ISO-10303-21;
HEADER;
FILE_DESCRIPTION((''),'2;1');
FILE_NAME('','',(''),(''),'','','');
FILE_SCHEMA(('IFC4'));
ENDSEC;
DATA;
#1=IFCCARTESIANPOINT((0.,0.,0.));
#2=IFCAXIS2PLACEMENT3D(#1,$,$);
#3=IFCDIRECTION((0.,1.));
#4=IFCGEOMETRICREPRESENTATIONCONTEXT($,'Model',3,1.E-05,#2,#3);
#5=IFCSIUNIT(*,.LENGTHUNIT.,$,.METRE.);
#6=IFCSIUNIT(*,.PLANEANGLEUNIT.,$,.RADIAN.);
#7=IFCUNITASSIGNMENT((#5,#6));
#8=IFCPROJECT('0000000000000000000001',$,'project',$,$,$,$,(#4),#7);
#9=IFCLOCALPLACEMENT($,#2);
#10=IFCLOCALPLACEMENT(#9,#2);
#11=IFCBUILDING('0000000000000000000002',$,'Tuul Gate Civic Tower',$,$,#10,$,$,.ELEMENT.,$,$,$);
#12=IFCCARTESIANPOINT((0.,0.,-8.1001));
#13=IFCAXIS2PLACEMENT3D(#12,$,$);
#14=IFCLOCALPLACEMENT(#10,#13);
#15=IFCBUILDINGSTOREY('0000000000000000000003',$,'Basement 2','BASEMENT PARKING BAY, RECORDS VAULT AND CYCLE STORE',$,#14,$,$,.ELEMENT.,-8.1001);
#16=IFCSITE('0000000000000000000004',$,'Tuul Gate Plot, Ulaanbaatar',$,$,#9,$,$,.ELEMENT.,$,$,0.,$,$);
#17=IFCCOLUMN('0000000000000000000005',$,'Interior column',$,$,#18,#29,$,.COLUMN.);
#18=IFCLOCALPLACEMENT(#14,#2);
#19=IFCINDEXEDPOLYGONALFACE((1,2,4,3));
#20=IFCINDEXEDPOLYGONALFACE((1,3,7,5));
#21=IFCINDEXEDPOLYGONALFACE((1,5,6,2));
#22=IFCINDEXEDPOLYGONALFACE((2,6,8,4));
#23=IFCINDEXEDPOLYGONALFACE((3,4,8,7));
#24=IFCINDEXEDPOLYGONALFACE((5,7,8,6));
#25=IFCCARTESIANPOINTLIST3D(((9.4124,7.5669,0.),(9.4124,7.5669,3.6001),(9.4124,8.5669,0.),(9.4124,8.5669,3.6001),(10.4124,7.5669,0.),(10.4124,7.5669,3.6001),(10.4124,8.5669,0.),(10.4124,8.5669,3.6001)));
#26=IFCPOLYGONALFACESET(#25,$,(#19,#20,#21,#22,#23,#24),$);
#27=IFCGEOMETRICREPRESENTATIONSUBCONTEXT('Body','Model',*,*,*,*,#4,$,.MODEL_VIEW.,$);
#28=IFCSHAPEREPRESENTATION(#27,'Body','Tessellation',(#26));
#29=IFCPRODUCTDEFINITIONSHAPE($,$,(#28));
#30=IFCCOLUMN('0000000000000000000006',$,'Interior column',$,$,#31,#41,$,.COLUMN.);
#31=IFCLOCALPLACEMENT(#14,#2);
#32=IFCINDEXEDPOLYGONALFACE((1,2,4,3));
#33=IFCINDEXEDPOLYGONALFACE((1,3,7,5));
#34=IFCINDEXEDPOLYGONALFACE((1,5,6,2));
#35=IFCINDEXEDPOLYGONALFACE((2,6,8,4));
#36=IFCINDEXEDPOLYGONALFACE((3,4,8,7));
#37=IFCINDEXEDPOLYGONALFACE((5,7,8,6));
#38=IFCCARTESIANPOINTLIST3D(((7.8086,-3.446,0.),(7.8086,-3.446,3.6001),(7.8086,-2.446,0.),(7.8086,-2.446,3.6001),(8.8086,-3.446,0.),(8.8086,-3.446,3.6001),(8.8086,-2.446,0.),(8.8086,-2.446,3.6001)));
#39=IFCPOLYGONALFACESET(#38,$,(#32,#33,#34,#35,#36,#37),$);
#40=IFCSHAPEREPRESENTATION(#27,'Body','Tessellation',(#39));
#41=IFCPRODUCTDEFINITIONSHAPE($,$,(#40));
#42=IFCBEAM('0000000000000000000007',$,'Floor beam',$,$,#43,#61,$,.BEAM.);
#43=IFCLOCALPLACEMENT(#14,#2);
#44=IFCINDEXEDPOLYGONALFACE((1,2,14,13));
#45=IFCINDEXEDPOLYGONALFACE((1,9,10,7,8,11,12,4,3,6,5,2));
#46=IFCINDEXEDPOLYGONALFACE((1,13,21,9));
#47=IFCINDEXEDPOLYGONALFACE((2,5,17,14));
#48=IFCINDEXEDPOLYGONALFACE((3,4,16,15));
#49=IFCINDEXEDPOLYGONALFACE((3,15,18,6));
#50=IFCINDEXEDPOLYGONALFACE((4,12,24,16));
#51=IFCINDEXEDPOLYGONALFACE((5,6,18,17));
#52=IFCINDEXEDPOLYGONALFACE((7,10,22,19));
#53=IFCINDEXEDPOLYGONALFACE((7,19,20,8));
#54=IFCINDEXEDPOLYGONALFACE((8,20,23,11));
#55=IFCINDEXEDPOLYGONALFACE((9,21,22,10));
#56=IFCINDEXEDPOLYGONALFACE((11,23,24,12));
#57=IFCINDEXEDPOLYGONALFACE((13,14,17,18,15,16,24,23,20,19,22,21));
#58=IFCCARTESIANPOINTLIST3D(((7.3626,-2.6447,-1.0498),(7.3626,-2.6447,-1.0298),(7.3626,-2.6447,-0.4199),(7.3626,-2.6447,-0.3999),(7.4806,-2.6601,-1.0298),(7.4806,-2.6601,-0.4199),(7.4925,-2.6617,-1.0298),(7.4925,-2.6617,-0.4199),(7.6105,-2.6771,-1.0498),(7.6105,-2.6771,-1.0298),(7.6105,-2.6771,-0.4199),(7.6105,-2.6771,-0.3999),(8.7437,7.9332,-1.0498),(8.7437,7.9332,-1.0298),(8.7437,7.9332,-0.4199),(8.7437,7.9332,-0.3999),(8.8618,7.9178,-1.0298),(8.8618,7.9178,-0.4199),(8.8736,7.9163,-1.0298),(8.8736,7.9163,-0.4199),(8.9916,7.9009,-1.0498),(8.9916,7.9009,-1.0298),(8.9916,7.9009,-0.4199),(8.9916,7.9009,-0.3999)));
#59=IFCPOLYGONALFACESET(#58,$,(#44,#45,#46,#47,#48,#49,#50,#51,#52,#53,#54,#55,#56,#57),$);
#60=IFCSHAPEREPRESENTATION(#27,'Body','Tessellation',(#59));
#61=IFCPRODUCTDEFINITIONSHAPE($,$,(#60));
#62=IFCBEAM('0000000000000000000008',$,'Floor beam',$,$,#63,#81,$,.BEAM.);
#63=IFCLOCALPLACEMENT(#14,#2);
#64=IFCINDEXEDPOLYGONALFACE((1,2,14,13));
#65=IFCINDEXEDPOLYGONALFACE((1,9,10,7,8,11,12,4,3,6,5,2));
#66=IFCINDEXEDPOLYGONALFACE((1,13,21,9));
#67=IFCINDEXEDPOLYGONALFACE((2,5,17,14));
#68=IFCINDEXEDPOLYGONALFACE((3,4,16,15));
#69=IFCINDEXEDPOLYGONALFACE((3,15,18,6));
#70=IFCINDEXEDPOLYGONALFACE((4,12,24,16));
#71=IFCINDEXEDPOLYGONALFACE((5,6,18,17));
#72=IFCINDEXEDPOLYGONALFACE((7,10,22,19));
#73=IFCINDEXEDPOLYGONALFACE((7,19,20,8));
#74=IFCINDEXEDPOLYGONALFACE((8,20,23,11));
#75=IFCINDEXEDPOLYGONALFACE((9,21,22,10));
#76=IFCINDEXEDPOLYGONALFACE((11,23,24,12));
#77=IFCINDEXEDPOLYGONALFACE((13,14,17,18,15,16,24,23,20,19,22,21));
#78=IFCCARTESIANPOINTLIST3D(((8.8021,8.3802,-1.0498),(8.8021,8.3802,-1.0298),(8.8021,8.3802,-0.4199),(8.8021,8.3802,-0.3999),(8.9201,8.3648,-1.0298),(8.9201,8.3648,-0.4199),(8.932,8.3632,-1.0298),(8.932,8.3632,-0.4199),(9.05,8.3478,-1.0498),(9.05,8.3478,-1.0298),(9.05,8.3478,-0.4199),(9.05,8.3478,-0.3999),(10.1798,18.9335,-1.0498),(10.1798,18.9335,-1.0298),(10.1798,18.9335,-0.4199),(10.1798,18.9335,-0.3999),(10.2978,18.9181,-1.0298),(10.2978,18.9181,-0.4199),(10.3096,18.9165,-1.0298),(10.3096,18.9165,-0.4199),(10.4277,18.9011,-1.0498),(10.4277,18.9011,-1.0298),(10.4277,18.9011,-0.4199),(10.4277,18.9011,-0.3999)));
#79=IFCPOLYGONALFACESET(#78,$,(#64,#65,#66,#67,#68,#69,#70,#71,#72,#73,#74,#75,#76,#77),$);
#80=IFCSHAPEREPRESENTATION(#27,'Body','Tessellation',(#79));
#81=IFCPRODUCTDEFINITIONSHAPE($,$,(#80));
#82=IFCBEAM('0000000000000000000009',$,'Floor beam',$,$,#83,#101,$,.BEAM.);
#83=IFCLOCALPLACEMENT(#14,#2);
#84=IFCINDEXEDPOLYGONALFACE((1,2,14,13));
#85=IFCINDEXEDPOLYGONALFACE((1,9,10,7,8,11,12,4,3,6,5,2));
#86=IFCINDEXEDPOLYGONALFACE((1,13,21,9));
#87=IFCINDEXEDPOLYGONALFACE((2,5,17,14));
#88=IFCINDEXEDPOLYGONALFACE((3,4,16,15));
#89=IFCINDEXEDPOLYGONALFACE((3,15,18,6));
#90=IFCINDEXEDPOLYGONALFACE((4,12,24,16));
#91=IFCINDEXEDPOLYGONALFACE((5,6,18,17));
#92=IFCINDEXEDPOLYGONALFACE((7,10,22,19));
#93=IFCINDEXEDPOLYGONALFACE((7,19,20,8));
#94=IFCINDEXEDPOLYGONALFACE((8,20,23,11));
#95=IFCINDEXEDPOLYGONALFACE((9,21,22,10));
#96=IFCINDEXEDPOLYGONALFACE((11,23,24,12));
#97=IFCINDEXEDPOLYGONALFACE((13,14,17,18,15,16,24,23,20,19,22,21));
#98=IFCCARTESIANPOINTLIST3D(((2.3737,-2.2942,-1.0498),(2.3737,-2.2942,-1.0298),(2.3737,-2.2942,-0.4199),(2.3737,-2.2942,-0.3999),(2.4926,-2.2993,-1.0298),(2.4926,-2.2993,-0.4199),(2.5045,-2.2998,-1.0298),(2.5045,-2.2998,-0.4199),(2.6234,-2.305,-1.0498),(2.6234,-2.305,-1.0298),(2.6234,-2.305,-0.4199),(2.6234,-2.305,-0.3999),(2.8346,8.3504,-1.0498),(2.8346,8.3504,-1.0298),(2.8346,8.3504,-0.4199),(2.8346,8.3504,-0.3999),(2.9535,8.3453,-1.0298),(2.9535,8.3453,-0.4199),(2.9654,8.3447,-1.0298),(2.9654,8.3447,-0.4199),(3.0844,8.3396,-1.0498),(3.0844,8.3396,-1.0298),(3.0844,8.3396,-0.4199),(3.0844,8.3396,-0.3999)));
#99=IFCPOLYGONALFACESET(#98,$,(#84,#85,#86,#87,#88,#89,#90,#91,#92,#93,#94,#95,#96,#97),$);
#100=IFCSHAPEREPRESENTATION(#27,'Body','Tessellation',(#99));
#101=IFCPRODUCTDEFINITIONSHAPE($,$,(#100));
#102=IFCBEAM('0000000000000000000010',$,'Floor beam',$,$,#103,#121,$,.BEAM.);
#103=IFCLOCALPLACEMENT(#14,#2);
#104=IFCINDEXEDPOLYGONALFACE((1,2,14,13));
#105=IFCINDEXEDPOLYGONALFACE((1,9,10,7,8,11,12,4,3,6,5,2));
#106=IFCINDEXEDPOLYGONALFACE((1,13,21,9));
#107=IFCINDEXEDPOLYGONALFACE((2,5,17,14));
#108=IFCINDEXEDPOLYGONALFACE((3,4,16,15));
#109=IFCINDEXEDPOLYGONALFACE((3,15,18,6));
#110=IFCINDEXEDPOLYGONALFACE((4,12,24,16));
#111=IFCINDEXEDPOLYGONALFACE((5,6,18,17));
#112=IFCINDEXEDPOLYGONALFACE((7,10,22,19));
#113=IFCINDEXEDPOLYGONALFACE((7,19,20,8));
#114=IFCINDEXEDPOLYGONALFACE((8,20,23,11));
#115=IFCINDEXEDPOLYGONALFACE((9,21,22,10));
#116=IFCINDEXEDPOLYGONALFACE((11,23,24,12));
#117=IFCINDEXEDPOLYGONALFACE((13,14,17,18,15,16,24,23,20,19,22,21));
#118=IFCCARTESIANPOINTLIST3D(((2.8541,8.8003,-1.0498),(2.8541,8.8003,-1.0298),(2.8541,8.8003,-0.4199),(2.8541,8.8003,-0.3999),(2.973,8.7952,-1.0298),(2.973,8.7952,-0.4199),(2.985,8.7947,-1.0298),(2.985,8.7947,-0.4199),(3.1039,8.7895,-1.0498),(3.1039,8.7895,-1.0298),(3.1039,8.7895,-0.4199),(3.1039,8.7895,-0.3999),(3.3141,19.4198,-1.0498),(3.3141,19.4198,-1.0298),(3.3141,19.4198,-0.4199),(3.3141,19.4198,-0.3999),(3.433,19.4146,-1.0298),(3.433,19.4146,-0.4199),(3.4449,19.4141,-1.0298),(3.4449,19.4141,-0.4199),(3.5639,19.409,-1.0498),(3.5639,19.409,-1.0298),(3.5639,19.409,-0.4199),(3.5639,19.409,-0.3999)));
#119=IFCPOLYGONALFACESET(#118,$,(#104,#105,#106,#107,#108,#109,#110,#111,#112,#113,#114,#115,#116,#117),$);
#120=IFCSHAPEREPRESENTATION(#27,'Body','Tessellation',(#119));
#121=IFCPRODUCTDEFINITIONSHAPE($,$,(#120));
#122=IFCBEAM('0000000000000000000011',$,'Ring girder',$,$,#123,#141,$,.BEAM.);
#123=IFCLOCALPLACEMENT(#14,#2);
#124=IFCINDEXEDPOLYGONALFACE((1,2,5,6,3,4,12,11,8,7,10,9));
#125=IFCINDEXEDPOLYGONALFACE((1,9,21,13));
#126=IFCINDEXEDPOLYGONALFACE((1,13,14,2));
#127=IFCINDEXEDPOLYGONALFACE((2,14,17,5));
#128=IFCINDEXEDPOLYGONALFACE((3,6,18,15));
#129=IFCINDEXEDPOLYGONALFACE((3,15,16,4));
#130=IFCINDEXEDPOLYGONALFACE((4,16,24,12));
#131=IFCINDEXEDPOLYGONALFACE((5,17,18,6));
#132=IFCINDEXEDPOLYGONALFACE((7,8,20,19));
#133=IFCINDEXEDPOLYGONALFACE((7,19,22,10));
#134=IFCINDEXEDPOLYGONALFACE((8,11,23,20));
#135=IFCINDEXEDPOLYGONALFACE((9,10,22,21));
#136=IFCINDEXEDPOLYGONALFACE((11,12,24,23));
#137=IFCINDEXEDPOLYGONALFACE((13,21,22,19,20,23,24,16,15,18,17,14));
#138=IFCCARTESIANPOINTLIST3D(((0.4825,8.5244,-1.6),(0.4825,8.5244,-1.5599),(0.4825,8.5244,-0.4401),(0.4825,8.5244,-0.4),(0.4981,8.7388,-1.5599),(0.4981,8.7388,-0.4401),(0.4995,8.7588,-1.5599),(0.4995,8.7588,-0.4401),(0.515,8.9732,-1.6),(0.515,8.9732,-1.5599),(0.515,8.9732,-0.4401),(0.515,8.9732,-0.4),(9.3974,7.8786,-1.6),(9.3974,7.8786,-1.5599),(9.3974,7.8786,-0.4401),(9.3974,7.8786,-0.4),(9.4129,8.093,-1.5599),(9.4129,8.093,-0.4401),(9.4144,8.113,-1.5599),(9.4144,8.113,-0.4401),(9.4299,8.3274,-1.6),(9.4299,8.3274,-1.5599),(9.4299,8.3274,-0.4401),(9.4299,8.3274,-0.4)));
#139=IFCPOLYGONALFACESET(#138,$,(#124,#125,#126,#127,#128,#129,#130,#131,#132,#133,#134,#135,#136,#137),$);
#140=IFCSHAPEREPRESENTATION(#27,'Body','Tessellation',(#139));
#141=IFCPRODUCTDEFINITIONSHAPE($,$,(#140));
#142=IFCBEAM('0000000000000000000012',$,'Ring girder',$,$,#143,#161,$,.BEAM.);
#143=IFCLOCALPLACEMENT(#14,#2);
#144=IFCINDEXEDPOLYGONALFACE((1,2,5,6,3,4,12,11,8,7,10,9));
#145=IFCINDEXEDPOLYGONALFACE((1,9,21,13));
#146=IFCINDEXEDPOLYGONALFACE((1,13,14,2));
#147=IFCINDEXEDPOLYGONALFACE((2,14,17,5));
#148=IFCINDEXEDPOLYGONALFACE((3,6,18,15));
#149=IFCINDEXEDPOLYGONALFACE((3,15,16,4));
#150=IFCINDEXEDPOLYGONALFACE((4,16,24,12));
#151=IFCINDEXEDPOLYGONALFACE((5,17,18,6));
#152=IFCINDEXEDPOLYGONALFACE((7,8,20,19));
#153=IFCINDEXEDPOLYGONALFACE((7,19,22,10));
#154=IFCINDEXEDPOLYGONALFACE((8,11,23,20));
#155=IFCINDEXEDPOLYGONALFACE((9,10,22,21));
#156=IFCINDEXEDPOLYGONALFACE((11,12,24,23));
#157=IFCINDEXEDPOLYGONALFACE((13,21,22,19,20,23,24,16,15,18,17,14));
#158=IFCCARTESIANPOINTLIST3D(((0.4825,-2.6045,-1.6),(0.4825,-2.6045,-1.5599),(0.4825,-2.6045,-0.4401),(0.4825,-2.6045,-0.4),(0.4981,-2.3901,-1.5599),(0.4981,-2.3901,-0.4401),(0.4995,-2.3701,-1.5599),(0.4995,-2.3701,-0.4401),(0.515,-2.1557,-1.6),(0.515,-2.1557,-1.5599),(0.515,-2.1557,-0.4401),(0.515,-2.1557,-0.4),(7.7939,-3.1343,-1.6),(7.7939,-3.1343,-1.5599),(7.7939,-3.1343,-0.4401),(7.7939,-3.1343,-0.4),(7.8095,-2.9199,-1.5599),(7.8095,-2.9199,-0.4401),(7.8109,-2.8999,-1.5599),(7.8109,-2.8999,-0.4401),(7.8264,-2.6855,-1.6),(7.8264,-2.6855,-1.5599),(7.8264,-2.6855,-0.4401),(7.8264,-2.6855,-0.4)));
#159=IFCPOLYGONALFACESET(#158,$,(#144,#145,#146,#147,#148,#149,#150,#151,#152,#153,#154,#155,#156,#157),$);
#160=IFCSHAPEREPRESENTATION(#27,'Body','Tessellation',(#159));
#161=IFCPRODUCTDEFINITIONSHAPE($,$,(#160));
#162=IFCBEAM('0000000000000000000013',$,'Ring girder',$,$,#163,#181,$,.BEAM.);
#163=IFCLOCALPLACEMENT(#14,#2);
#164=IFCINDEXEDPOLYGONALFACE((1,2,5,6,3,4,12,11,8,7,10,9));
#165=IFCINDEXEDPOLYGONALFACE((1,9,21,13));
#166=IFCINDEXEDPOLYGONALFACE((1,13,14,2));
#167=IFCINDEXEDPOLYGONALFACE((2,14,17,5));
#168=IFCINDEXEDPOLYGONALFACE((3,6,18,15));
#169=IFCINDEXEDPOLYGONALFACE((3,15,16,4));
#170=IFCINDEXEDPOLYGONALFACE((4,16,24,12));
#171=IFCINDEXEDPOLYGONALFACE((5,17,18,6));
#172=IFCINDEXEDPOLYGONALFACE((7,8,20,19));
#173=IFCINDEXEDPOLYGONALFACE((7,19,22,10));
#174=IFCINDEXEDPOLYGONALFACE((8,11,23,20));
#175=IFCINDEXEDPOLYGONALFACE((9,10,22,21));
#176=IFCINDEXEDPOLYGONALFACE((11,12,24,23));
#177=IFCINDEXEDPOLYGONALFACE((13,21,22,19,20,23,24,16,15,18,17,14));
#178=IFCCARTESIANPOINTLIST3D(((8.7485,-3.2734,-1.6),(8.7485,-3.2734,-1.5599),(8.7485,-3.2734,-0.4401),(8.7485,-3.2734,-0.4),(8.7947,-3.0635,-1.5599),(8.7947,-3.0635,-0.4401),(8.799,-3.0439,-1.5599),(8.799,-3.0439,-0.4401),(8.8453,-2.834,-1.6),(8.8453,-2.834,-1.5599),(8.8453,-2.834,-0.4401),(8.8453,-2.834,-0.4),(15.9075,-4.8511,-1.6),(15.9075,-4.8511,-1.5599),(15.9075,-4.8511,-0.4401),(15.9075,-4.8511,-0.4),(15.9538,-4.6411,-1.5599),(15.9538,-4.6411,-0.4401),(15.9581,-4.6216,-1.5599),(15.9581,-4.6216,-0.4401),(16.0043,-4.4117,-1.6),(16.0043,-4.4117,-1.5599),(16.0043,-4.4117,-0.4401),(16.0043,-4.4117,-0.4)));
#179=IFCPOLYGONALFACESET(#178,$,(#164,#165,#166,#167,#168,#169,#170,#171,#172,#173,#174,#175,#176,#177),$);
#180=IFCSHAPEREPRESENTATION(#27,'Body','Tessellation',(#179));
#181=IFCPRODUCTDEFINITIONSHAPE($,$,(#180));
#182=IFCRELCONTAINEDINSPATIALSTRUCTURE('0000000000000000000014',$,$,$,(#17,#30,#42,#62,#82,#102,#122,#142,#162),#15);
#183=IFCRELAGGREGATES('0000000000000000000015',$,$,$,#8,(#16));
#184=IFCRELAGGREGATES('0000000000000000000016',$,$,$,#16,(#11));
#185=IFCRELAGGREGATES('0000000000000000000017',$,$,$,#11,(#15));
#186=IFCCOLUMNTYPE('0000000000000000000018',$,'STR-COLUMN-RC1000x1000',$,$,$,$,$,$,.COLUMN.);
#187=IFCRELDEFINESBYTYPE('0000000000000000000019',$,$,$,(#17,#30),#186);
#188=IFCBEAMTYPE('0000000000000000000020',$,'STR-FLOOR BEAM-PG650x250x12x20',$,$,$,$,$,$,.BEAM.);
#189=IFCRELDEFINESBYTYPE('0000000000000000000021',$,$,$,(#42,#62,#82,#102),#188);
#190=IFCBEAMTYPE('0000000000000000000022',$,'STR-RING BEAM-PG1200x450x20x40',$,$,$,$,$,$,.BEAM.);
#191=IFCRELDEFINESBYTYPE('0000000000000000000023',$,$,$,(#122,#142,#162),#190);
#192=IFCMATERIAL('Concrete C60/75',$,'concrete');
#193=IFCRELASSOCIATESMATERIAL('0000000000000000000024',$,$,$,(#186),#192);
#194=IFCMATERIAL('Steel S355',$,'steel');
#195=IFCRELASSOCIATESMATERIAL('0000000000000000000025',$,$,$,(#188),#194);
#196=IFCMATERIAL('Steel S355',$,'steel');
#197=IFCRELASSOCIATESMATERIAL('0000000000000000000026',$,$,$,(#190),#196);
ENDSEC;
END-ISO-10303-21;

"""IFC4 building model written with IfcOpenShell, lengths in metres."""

from ifc_helpers import new_model, si_unit, direction, frame, origin, origin_2d, place, context, subcontext, project, spatial, rectangle, i_section, extrude, material, material_profile, profile_set, type_object, element, save


model = new_model("IFC4")

# Units and contexts
model_context = context("Model", 3, precision=1e-05, world=origin(), true_north=direction((0.0, 1.0)))
body_context = subcontext(model_context, "Body", "Model", "MODEL_VIEW")
ifc_project = project(units=[si_unit("LENGTHUNIT", "METRE"), si_unit("PLANEANGLEUNIT", "RADIAN")], contexts=[model_context])

# Site, building, storey
site_placement = place(None, origin())
site = spatial("IfcSite", under=ifc_project, at=site_placement, Name="Tuul Gate Plot, Ulaanbaatar", CompositionType="ELEMENT", RefElevation=0.0)
building_placement = place(site_placement, origin())
building = spatial("IfcBuilding", under=site, at=building_placement, Name="Tuul Gate Civic Tower", CompositionType="ELEMENT")
storey_placement = place(building_placement, frame((0.0, 0.0, -8.1001)))
storey = spatial("IfcBuildingStorey", under=building, at=storey_placement, Name="Basement 2", Description="BASEMENT PARKING BAY, RECORDS VAULT AND CYCLE STORE", CompositionType="ELEMENT", Elevation=-8.1001)

# Columns
ifc_material_1 = material(Name="Concrete C60/75", Category="concrete")
ifc_material_profile_1 = material_profile(ifc_material_1, rectangle(XDim=1.0, YDim=1.0, at=origin_2d()), Name="RC1000x1000")
ifc_profile_set_1 = profile_set([ifc_material_profile_1], Name="Concrete C60/75")
column_type = type_object("IfcColumnType", Name="STR-COLUMN-RC1000x1000", PredefinedType="COLUMN", material=ifc_profile_set_1)
for number, where, z_axis, x_axis, name in (
    (1, (9.9124, 8.0669, 0.0), (0.0, 0.0, 1.0), (1.0, 0.0, 0.0), "Interior column"),
    (2, (8.3086, -2.946, 0.0), (0.0, 0.0, 1.0), (1.0, 0.0, 0.0), "Interior column"),
):
    element("IfcColumn", number, at=place(storey_placement, frame(where, z_axis=z_axis, x_axis=x_axis)), inside=storey, type_object=column_type, Name=name, PredefinedType="COLUMN", context=body_context, shape_type="SweptSolid", body=[
        extrude(rectangle(XDim=1.0, YDim=1.0, at=origin_2d()), origin(), (0.0, 0.0, 1.0), 3.6001),
    ])

# Beams
ifc_material_2 = material(Name="Steel S355", Category="steel")
ifc_material_profile_2 = material_profile(ifc_material_2, i_section(OverallWidth=0.25, OverallDepth=0.6499, WebThickness=0.012, FlangeThickness=0.02, at=origin_2d()), Name="PG650x250x12x20")
ifc_profile_set_2 = profile_set([ifc_material_profile_2], Name="Steel S355")
beam_type_1 = type_object("IfcBeamType", Name="STR-FLOOR BEAM-PG650x250x12x20", PredefinedType="BEAM", material=ifc_profile_set_2)
beam_1_placement = place(storey_placement, frame((7.4866, -2.6609, -0.7249), z_axis=(0.129466, 0.991584, 0.0), x_axis=(-0.991584, 0.129466, 0.0)))
element("IfcBeam", 3, at=beam_1_placement, inside=storey, type_object=beam_type_1, Name="Floor beam", PredefinedType="BEAM", context=body_context, shape_type="SweptSolid", body=[
    extrude(i_section(OverallWidth=0.25, OverallDepth=0.6499, WebThickness=0.012, FlangeThickness=0.02, at=origin_2d()), origin(), (0.0, 0.0, 1.0), 10.6677),
])
beam_2_placement = place(storey_placement, frame((8.926, 8.364, -0.7249), z_axis=(0.129448, 0.991586, 0.0), x_axis=(-0.991586, 0.129448, 0.0)))
element("IfcBeam", 4, at=beam_2_placement, inside=storey, type_object=beam_type_1, Name="Floor beam", PredefinedType="BEAM", context=body_context, shape_type="SweptSolid", body=[
    extrude(i_section(OverallWidth=0.25, OverallDepth=0.6499, WebThickness=0.012, FlangeThickness=0.02, at=origin_2d()), origin(), (0.0, 0.0, 1.0), 10.6428),
])
beam_3_placement = place(storey_placement, frame((2.4985, -2.2996, -0.7249), z_axis=(0.043262, 0.999064, 0.0), x_axis=(-0.999064, 0.043262, 0.0)))
element("IfcBeam", 5, at=beam_3_placement, inside=storey, type_object=beam_type_1, Name="Floor beam", PredefinedType="BEAM", context=body_context, shape_type="SweptSolid", body=[
    extrude(i_section(OverallWidth=0.25, OverallDepth=0.6499, WebThickness=0.012, FlangeThickness=0.02, at=origin_2d()), origin(), (0.0, 0.0, 1.0), 10.6545),
])
beam_4_placement = place(storey_placement, frame((2.979, 8.7949, -0.7249), z_axis=(0.043273, 0.999063, 0.0), x_axis=(-0.999063, 0.043273, 0.0)))
element("IfcBeam", 6, at=beam_4_placement, inside=storey, type_object=beam_type_1, Name="Floor beam", PredefinedType="BEAM", context=body_context, shape_type="SweptSolid", body=[
    extrude(i_section(OverallWidth=0.25, OverallDepth=0.6499, WebThickness=0.012, FlangeThickness=0.02, at=origin_2d()), origin(), (0.0, 0.0, 1.0), 10.6294),
])
ifc_material_3 = material(Name="Steel S355", Category="steel")
ifc_material_profile_3 = material_profile(ifc_material_3, i_section(OverallWidth=0.45, OverallDepth=1.2, WebThickness=0.02, FlangeThickness=0.04, at=origin_2d()), Name="PG1200x450x20x40")
ifc_profile_set_3 = profile_set([ifc_material_profile_3], Name="Steel S355")
beam_type_2 = type_object("IfcBeamType", Name="STR-RING BEAM-PG1200x450x20x40", PredefinedType="BEAM", material=ifc_profile_set_3)
beam_5_placement = place(storey_placement, frame((0.4988, 8.7488, -1.0), z_axis=(0.997387, -0.072247, 0.0), x_axis=(0.072247, 0.997387, 0.0)))
element("IfcBeam", 7, at=beam_5_placement, inside=storey, type_object=beam_type_2, Name="Ring girder", PredefinedType="BEAM", context=body_context, shape_type="SweptSolid", body=[
    extrude(i_section(OverallWidth=0.45, OverallDepth=1.2, WebThickness=0.02, FlangeThickness=0.04, at=origin_2d()), origin(), (0.0, 0.0, 1.0), 8.9382),
])
beam_6_placement = place(storey_placement, frame((0.4988, -2.3801, -1.0), z_axis=(0.997385, -0.072272, 0.0), x_axis=(0.072272, 0.997385, 0.0)))
element("IfcBeam", 8, at=beam_6_placement, inside=storey, type_object=beam_type_2, Name="Ring girder", PredefinedType="BEAM", context=body_context, shape_type="SweptSolid", body=[
    extrude(i_section(OverallWidth=0.45, OverallDepth=1.2, WebThickness=0.02, FlangeThickness=0.04, at=origin_2d()), origin(), (0.0, 0.0, 1.0), 7.3306),
])
beam_7_placement = place(storey_placement, frame((8.7969, -3.0537, -1.0), z_axis=(0.976568, -0.215209, 0.0), x_axis=(0.215209, 0.976568, 0.0)))
element("IfcBeam", 9, at=beam_7_placement, inside=storey, type_object=beam_type_2, Name="Ring girder", PredefinedType="BEAM", context=body_context, shape_type="SweptSolid", body=[
    extrude(i_section(OverallWidth=0.45, OverallDepth=1.2, WebThickness=0.02, FlangeThickness=0.04, at=origin_2d()), origin(), (0.0, 0.0, 1.0), 7.3308),
])

save(model, "model.ifc")
